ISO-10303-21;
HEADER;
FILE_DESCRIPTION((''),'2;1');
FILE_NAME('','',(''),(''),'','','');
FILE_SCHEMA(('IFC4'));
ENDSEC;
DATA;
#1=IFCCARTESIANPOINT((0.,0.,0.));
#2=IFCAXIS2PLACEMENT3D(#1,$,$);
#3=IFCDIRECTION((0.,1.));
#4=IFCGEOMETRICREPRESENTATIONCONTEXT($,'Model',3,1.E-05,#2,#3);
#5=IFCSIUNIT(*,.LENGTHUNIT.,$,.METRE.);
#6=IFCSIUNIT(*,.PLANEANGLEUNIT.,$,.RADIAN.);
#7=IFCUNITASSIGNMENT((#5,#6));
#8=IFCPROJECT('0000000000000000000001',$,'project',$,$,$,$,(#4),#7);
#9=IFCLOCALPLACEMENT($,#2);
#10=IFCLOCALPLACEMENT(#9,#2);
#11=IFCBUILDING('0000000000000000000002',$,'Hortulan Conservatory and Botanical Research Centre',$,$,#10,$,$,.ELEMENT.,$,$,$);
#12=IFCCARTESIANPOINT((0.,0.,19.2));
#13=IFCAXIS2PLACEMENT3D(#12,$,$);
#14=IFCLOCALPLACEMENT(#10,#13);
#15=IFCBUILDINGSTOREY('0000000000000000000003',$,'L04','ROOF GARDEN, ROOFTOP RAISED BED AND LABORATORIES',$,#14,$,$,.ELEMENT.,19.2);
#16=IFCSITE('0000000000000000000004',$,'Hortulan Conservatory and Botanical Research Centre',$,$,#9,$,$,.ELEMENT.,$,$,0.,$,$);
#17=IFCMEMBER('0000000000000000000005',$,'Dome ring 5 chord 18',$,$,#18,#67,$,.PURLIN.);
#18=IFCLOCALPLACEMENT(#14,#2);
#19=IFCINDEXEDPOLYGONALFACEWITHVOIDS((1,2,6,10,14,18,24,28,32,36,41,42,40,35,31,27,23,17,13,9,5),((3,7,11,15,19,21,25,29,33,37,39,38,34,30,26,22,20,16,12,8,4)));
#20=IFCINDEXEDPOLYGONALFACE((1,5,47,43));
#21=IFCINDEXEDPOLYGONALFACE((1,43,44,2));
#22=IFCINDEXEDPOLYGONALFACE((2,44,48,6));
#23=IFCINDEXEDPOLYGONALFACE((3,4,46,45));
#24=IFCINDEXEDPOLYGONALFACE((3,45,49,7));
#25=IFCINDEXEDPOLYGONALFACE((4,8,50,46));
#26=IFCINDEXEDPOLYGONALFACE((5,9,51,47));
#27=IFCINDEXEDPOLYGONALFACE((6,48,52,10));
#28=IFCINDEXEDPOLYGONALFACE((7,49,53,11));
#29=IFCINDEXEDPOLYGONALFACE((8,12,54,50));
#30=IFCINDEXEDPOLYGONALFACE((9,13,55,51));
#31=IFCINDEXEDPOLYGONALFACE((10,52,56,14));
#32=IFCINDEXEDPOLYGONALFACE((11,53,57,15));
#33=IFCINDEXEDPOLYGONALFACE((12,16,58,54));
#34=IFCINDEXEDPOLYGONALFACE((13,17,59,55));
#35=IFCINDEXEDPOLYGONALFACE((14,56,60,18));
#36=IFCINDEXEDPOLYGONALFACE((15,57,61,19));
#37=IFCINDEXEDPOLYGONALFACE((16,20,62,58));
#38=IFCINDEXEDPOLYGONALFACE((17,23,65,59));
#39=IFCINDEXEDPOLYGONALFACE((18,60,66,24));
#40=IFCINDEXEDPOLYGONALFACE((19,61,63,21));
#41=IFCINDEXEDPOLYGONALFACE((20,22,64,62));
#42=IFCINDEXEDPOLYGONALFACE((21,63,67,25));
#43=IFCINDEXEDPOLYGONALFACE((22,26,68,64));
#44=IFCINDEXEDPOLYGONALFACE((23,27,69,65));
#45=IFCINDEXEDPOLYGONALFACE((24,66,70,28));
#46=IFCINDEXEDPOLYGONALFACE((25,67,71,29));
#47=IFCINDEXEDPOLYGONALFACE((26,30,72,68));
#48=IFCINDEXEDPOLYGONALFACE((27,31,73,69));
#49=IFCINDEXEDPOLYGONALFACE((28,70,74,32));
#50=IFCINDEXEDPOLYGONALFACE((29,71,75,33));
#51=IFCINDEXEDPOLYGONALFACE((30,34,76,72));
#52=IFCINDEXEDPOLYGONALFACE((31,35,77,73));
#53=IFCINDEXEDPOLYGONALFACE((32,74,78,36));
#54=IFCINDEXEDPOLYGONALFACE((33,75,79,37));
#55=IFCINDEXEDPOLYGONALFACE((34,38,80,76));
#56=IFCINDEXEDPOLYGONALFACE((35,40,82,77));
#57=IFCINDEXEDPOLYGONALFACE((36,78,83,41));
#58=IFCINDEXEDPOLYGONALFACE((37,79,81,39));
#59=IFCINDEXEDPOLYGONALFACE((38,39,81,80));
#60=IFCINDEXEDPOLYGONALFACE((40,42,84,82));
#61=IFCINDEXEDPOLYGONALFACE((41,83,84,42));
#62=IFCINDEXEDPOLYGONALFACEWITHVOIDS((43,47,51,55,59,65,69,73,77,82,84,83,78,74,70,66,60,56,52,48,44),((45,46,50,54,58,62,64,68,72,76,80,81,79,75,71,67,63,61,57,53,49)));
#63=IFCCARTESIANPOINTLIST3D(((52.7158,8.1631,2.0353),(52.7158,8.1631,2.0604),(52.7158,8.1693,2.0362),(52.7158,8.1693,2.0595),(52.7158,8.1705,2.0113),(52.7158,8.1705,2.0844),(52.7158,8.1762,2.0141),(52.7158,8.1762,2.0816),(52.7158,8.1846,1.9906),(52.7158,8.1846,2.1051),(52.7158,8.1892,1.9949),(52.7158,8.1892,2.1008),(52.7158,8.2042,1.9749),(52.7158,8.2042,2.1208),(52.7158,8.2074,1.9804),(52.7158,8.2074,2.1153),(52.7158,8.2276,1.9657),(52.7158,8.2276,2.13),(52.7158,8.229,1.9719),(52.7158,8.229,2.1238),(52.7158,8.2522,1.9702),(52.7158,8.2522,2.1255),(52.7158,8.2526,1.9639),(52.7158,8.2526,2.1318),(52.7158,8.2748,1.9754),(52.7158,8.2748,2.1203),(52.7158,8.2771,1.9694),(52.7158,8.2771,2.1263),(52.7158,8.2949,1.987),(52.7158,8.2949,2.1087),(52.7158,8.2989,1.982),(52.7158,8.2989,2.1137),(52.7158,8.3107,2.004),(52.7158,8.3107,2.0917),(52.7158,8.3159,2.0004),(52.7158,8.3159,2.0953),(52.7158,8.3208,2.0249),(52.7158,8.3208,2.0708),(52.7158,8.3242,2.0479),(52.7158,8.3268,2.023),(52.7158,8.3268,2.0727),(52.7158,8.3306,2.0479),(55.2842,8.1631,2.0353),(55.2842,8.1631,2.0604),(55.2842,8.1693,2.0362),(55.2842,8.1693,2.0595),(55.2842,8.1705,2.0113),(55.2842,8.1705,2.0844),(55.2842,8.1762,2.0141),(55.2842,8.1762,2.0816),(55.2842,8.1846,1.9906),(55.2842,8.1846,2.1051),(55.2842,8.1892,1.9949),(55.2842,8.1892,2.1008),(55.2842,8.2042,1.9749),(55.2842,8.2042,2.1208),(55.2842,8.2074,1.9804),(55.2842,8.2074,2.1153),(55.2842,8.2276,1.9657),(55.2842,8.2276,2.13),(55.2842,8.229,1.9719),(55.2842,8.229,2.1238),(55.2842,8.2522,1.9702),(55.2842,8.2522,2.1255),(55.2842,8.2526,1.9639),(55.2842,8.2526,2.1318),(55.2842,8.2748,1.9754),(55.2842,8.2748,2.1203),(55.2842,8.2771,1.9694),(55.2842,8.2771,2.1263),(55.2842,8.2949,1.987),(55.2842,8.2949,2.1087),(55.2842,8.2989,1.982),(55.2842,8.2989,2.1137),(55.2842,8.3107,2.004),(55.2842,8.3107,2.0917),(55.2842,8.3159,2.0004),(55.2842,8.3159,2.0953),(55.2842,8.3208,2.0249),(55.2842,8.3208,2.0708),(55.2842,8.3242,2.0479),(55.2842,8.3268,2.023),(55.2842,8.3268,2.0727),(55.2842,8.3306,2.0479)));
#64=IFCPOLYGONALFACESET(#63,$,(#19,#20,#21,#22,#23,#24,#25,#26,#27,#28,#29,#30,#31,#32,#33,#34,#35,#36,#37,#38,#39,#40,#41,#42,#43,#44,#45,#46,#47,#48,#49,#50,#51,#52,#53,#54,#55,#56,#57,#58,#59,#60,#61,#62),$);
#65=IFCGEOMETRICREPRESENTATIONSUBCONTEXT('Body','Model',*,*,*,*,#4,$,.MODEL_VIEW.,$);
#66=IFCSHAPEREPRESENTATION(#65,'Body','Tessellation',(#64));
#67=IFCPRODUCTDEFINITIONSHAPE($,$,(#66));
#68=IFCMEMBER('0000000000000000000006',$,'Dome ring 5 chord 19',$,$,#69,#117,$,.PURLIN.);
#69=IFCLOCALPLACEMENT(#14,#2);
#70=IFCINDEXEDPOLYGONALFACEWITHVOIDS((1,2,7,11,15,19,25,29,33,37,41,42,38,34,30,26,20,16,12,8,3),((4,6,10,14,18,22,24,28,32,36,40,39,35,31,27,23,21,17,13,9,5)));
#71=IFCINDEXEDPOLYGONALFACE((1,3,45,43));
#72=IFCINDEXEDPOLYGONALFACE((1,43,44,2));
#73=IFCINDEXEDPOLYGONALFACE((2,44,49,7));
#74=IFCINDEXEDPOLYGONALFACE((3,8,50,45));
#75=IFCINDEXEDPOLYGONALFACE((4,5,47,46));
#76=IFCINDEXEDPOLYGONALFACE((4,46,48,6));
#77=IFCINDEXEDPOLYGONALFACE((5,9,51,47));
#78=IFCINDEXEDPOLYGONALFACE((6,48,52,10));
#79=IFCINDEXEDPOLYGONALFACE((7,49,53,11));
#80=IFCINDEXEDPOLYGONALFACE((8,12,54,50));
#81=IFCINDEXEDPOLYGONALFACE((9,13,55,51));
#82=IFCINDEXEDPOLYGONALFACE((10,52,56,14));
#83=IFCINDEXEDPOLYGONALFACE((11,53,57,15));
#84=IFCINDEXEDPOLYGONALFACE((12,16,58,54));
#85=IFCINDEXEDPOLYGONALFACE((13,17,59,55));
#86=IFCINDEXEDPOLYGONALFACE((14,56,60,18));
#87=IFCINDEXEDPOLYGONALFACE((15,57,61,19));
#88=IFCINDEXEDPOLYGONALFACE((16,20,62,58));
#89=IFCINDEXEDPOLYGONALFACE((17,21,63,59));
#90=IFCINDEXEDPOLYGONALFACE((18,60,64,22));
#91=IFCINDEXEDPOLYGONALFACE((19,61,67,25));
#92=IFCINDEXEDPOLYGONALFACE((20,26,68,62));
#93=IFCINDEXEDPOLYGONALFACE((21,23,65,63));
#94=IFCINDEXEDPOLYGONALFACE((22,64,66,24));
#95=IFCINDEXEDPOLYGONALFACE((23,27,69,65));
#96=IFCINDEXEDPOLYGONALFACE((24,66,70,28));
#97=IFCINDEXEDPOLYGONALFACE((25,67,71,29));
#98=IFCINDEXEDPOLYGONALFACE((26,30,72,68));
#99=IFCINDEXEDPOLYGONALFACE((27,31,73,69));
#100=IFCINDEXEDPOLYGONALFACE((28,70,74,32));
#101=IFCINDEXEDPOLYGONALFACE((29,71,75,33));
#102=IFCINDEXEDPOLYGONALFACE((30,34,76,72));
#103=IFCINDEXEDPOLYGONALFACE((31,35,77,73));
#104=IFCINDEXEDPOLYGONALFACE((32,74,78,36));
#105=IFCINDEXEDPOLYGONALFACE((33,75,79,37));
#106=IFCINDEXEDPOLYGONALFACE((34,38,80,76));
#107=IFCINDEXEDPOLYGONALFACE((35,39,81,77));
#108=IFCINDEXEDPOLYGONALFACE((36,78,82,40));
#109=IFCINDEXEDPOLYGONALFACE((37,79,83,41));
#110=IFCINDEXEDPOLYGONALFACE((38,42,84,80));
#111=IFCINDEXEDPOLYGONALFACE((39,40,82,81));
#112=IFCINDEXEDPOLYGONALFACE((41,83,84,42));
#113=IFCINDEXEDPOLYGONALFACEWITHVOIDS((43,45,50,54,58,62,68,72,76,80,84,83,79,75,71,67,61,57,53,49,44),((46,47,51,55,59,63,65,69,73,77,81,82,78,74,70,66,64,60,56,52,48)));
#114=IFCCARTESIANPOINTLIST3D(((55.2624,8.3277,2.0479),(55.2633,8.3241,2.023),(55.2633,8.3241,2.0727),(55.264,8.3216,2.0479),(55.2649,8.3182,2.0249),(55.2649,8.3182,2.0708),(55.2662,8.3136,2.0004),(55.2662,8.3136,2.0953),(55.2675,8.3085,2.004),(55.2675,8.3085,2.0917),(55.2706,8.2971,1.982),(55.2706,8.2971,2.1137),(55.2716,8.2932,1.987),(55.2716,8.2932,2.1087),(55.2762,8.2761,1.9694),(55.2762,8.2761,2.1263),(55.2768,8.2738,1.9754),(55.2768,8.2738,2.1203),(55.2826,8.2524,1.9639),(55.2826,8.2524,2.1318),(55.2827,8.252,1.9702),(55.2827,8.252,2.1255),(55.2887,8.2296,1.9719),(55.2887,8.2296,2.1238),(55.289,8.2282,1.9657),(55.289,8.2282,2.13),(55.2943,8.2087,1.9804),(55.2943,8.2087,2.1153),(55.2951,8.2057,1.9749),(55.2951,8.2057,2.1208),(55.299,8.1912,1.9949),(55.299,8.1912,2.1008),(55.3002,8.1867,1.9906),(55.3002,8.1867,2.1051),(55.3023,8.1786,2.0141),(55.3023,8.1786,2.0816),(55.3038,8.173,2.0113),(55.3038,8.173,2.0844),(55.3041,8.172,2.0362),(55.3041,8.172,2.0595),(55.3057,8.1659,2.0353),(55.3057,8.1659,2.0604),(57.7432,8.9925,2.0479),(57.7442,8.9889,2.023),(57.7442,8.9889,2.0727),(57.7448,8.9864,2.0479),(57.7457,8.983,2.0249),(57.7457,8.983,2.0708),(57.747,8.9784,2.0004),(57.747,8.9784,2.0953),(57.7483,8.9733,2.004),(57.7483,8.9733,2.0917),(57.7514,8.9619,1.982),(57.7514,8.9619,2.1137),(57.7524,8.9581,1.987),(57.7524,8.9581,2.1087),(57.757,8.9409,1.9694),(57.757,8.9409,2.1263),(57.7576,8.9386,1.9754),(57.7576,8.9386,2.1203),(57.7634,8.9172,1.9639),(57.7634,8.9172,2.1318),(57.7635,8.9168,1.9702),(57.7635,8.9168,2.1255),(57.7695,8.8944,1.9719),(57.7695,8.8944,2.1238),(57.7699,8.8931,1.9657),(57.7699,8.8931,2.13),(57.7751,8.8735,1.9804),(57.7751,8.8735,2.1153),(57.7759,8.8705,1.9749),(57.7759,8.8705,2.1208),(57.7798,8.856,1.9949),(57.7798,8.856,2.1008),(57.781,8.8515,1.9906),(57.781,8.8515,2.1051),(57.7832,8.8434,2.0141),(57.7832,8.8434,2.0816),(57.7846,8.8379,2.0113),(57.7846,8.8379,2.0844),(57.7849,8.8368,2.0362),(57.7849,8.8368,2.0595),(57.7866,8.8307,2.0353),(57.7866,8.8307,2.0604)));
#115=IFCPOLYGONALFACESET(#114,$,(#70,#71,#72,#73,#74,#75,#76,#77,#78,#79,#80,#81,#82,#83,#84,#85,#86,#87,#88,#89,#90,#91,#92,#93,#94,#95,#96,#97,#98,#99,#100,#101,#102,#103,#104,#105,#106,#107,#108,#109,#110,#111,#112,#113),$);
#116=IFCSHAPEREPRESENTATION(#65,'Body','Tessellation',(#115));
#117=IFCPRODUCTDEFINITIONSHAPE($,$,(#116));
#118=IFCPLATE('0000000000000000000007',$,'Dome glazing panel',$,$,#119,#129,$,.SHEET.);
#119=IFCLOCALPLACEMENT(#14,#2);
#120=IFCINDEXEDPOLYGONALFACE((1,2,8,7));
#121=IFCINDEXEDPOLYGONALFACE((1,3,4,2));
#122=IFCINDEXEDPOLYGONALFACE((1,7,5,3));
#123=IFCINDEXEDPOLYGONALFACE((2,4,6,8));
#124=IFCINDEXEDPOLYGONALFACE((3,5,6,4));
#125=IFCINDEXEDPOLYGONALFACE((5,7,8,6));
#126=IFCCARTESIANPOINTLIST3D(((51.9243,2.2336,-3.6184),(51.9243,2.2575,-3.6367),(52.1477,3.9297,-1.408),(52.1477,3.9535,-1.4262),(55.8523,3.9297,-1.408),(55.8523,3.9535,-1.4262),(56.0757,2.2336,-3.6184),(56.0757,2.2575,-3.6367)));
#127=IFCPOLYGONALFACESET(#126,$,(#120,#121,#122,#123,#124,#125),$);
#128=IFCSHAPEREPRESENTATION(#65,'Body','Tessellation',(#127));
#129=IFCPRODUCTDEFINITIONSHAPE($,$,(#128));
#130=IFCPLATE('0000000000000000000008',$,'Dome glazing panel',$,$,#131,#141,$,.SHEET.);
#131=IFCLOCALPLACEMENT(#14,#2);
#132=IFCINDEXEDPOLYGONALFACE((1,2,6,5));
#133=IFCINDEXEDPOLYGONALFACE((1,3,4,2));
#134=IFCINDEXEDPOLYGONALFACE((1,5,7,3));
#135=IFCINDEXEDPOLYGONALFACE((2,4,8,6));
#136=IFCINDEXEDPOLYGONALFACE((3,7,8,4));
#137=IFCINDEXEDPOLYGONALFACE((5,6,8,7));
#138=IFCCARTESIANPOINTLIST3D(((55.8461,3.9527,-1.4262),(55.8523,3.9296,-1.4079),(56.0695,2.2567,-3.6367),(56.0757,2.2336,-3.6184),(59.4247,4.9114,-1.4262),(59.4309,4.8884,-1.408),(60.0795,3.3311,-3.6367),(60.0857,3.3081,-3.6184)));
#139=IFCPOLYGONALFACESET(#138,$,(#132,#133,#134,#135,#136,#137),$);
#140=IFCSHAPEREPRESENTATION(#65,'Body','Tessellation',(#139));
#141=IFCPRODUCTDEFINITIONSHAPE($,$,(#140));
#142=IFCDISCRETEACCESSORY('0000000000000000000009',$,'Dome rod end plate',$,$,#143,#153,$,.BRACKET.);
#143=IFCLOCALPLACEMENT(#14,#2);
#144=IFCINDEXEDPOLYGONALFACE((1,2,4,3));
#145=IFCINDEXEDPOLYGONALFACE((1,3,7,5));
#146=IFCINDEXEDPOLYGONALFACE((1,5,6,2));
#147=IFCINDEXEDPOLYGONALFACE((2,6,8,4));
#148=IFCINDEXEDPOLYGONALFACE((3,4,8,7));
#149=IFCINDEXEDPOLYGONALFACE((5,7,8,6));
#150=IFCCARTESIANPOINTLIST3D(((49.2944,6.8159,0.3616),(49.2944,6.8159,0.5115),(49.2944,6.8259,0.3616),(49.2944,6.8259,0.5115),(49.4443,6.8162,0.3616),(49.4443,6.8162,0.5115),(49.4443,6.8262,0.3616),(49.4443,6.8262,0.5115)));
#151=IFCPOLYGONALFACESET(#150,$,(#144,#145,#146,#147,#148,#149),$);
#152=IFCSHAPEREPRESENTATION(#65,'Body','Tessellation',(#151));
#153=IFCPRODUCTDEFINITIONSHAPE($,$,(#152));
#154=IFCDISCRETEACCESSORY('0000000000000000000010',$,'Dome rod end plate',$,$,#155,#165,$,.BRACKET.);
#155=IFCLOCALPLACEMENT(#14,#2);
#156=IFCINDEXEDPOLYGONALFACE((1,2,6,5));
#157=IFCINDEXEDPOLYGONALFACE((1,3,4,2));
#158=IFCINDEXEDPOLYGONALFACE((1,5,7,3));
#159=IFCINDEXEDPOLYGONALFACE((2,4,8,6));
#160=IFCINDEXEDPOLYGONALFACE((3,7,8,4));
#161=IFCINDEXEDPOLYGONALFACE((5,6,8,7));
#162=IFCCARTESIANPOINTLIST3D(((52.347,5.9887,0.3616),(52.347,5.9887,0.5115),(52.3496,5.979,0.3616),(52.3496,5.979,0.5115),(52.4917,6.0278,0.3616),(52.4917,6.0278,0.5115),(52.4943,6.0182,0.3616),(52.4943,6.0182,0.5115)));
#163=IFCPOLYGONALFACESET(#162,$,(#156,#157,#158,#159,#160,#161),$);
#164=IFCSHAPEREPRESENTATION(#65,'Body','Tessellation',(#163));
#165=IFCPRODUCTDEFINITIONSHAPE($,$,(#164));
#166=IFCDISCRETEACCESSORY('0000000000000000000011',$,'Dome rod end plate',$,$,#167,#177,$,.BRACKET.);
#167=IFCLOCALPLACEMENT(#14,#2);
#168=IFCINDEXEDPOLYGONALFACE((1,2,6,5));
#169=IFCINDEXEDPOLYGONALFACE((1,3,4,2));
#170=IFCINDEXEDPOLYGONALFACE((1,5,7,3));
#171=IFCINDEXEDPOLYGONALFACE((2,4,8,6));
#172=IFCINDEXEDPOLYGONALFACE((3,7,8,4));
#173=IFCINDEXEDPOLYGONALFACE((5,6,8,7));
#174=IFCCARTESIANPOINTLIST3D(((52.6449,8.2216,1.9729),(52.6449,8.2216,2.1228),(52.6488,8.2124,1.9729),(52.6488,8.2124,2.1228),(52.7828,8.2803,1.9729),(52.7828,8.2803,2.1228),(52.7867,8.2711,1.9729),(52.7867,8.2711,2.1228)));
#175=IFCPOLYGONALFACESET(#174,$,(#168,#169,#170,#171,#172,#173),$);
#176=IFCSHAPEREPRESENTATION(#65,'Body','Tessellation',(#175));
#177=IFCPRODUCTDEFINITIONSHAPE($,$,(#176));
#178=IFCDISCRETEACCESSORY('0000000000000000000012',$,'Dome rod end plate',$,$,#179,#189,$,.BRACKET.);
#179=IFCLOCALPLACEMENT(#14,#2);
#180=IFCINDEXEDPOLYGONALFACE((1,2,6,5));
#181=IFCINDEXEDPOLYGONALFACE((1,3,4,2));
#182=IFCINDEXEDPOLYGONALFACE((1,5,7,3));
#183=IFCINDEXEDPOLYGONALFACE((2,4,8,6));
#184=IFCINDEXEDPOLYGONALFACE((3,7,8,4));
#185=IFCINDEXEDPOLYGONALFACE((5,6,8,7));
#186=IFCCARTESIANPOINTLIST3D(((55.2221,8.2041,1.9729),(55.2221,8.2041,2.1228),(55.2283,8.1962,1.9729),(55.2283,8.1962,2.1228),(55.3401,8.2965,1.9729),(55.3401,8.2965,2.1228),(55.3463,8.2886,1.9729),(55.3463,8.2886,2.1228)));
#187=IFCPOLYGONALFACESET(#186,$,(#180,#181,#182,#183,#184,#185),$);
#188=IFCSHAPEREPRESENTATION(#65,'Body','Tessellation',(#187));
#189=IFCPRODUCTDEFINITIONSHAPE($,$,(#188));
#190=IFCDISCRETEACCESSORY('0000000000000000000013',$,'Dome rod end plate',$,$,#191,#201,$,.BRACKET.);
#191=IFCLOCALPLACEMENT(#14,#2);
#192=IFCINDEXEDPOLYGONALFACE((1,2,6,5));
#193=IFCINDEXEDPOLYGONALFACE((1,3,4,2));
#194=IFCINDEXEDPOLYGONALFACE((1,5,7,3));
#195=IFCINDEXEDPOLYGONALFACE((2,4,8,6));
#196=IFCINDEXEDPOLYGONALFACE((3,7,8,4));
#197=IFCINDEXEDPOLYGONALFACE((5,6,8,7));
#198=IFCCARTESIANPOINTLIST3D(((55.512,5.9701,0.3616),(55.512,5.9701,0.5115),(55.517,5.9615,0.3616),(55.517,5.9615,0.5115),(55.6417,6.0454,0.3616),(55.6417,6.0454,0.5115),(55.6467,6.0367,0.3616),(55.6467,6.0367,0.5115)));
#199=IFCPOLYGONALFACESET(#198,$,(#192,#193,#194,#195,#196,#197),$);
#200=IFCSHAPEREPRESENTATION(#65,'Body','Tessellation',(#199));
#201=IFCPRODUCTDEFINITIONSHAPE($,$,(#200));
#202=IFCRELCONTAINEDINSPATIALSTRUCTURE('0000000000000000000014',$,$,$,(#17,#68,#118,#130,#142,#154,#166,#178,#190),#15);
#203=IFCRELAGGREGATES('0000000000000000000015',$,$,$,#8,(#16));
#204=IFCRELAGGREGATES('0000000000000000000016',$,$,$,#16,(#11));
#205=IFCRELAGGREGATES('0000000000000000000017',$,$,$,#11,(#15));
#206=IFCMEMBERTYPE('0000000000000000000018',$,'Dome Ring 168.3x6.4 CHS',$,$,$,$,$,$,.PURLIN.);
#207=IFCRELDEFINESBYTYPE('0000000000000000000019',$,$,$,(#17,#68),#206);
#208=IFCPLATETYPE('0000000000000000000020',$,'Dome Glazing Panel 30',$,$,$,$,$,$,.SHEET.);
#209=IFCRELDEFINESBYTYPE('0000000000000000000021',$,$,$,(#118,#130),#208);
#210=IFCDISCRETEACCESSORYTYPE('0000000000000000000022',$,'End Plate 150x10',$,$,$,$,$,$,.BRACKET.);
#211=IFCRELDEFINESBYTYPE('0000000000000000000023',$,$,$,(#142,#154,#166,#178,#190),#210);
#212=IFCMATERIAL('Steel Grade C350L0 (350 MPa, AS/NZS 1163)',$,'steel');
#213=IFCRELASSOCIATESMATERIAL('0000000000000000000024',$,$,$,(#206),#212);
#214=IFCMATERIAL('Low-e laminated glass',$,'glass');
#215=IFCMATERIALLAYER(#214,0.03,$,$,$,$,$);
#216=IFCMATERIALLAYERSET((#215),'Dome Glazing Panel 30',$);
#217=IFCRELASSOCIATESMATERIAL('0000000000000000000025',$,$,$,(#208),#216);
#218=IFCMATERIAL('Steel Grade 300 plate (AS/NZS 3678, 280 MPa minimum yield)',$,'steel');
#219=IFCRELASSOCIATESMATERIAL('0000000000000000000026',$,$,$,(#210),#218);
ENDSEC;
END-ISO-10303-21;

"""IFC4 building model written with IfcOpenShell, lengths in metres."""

from ifc_helpers import new_model, si_unit, direction, frame, origin, origin_2d, place, context, subcontext, project, spatial, polyline, rectangle, hollow_circle, outline, extrude, material, layer, layer_set, material_profile, profile_set, type_object, element, save


model = new_model("IFC4")

# Units and contexts
model_context = context("Model", 3, precision=1e-05, world=origin(), true_north=direction((0.0, 1.0)))
body_context = subcontext(model_context, "Body", "Model", "MODEL_VIEW")
ifc_project = project(units=[si_unit("LENGTHUNIT", "METRE"), si_unit("PLANEANGLEUNIT", "RADIAN")], contexts=[model_context])

# Site, building, storey
site_placement = place(None, origin())
site = spatial("IfcSite", under=ifc_project, at=site_placement, Name="Hortulan Conservatory and Botanical Research Centre", CompositionType="ELEMENT", RefElevation=0.0)
building_placement = place(site_placement, origin())
building = spatial("IfcBuilding", under=site, at=building_placement, Name="Hortulan Conservatory and Botanical Research Centre", CompositionType="ELEMENT")
storey_placement = place(building_placement, frame((0.0, 0.0, 19.2)))
storey = spatial("IfcBuildingStorey", under=building, at=storey_placement, Name="L04", Description="ROOF GARDEN, ROOFTOP RAISED BED AND LABORATORIES", CompositionType="ELEMENT", Elevation=19.2)

# Shared definitions
ifc_material_1 = material(Name="Steel Grade C350L0 (350 MPa, AS/NZS 1163)", Category="steel")

# Members
ifc_material_profile_1 = material_profile(ifc_material_1, hollow_circle(Radius=0.0842, WallThickness=0.0063, at=origin_2d()), Name="168.3x6.4CHS")
ifc_profile_set_1 = profile_set([ifc_material_profile_1], Name="Steel Grade C350L0 (350 MPa, AS/NZS 1163)")
member_type_1 = type_object("IfcMemberType", Name="Dome Ring 168.3x6.4 CHS", PredefinedType="PURLIN", material=ifc_profile_set_1)
for number, where, z_axis, x_axis, name in (
    (1, (52.7158, 8.2463, 2.0479), (1.0, 0.0, 0.0), (0.0, 1.0, 0.0), "Dome ring 5 chord 18"),
    (2, (55.2842, 8.2463, 2.0479), (0.965917, 0.258852, 0.0), (-0.258852, 0.965917, 0.0), "Dome ring 5 chord 19"),
):
    element("IfcMember", number, at=place(storey_placement, frame(where, z_axis=z_axis, x_axis=x_axis)), inside=storey, type_object=member_type_1, Name=name, PredefinedType="PURLIN", context=body_context, shape_type="SweptSolid", body=[
        extrude(hollow_circle(Radius=0.0842, WallThickness=0.0063, at=origin_2d()), origin(), (0.0, 0.0, 1.0), 2.5684),
    ])

# Plates
ifc_material_2 = material(Name="Low-e laminated glass", Category="glass")
ifc_layer = layer(ifc_material_2, 0.03)
ifc_layer_set = layer_set([ifc_layer], Name="Dome Glazing Panel 30")
plate_type = type_object("IfcPlateType", Name="Dome Glazing Panel 30", PredefinedType="SHEET", material=ifc_layer_set)
plate_1_placement = place(storey_placement, frame((51.9243, 2.2336, -3.6184), z_axis=(0.0, -0.793369, 0.608741), x_axis=(1.0, 0.0, 0.0)))
element("IfcPlate", 3, at=plate_1_placement, inside=storey, type_object=plate_type, Name="Dome glazing panel", PredefinedType="SHEET", context=body_context, shape_type="SweptSolid", body=[
    extrude(outline(polyline([(0.0, 0.0), (4.1514, 0.0), (3.928, 2.7862), (0.2234, 2.7862), (0.0, 0.0)])), origin(), (0.0, 0.0, -1.0), 0.03),
])
plate_2_placement = place(storey_placement, frame((56.0757, 2.2336, -3.6184), z_axis=(0.205325, -0.766346, 0.608732), x_axis=(0.965929, 0.258806, 0.000008)))
element("IfcPlate", 4, at=plate_2_placement, inside=storey, type_object=plate_type, Name="Dome glazing panel", PredefinedType="SHEET", context=body_context, shape_type="SweptSolid", body=[
    extrude(outline(polyline([(0.0, 0.0), (4.1515, 0.0), (3.928, 2.7861), (0.2232, 2.7862), (0.0, 0.0)])), origin(), (0.0, 0.0, -1.0), 0.03),
])

# Discrete accessories
ifc_material_3 = material(Name="Steel Grade 300 plate (AS/NZS 3678, 280 MPa minimum yield)", Category="steel")
discrete_accessory_type = type_object("IfcDiscreteAccessoryType", Name="End Plate 150x10", PredefinedType="BRACKET", material=ifc_material_3)
for number, where, z_axis, x_axis, name in (
    (5, (49.3694, 6.821, 0.3616), (0.0, 0.0, 1.0), (0.999997, 0.002374, 0.0), "Dome rod end plate"),
    (6, (52.4207, 6.0034, 0.3616), (0.0, 0.0, 1.0), (0.965313, 0.261094, 0.0), "Dome rod end plate"),
    (7, (52.7158, 8.2463, 1.9729), (0.0, 0.0, 1.0), (0.920027, 0.391855, 0.0), "Dome rod end plate"),
    (8, (55.2842, 8.2463, 1.9729), (0.0, 0.0, 1.0), (0.787247, 0.616637, 0.0), "Dome rod end plate"),
    (9, (55.5793, 6.0034, 0.3616), (0.0, 0.0, 1.0), (0.864836, 0.502054, 0.0), "Dome rod end plate"),
):
    element("IfcDiscreteAccessory", number, at=place(storey_placement, frame(where, z_axis=z_axis, x_axis=x_axis)), inside=storey, type_object=discrete_accessory_type, Name=name, PredefinedType="BRACKET", context=body_context, shape_type="SweptSolid", body=[
        extrude(rectangle(XDim=0.1499, YDim=0.01, at=origin_2d()), origin(), (0.0, 0.0, 1.0), 0.1499),
    ])

save(model, "model.ifc")
